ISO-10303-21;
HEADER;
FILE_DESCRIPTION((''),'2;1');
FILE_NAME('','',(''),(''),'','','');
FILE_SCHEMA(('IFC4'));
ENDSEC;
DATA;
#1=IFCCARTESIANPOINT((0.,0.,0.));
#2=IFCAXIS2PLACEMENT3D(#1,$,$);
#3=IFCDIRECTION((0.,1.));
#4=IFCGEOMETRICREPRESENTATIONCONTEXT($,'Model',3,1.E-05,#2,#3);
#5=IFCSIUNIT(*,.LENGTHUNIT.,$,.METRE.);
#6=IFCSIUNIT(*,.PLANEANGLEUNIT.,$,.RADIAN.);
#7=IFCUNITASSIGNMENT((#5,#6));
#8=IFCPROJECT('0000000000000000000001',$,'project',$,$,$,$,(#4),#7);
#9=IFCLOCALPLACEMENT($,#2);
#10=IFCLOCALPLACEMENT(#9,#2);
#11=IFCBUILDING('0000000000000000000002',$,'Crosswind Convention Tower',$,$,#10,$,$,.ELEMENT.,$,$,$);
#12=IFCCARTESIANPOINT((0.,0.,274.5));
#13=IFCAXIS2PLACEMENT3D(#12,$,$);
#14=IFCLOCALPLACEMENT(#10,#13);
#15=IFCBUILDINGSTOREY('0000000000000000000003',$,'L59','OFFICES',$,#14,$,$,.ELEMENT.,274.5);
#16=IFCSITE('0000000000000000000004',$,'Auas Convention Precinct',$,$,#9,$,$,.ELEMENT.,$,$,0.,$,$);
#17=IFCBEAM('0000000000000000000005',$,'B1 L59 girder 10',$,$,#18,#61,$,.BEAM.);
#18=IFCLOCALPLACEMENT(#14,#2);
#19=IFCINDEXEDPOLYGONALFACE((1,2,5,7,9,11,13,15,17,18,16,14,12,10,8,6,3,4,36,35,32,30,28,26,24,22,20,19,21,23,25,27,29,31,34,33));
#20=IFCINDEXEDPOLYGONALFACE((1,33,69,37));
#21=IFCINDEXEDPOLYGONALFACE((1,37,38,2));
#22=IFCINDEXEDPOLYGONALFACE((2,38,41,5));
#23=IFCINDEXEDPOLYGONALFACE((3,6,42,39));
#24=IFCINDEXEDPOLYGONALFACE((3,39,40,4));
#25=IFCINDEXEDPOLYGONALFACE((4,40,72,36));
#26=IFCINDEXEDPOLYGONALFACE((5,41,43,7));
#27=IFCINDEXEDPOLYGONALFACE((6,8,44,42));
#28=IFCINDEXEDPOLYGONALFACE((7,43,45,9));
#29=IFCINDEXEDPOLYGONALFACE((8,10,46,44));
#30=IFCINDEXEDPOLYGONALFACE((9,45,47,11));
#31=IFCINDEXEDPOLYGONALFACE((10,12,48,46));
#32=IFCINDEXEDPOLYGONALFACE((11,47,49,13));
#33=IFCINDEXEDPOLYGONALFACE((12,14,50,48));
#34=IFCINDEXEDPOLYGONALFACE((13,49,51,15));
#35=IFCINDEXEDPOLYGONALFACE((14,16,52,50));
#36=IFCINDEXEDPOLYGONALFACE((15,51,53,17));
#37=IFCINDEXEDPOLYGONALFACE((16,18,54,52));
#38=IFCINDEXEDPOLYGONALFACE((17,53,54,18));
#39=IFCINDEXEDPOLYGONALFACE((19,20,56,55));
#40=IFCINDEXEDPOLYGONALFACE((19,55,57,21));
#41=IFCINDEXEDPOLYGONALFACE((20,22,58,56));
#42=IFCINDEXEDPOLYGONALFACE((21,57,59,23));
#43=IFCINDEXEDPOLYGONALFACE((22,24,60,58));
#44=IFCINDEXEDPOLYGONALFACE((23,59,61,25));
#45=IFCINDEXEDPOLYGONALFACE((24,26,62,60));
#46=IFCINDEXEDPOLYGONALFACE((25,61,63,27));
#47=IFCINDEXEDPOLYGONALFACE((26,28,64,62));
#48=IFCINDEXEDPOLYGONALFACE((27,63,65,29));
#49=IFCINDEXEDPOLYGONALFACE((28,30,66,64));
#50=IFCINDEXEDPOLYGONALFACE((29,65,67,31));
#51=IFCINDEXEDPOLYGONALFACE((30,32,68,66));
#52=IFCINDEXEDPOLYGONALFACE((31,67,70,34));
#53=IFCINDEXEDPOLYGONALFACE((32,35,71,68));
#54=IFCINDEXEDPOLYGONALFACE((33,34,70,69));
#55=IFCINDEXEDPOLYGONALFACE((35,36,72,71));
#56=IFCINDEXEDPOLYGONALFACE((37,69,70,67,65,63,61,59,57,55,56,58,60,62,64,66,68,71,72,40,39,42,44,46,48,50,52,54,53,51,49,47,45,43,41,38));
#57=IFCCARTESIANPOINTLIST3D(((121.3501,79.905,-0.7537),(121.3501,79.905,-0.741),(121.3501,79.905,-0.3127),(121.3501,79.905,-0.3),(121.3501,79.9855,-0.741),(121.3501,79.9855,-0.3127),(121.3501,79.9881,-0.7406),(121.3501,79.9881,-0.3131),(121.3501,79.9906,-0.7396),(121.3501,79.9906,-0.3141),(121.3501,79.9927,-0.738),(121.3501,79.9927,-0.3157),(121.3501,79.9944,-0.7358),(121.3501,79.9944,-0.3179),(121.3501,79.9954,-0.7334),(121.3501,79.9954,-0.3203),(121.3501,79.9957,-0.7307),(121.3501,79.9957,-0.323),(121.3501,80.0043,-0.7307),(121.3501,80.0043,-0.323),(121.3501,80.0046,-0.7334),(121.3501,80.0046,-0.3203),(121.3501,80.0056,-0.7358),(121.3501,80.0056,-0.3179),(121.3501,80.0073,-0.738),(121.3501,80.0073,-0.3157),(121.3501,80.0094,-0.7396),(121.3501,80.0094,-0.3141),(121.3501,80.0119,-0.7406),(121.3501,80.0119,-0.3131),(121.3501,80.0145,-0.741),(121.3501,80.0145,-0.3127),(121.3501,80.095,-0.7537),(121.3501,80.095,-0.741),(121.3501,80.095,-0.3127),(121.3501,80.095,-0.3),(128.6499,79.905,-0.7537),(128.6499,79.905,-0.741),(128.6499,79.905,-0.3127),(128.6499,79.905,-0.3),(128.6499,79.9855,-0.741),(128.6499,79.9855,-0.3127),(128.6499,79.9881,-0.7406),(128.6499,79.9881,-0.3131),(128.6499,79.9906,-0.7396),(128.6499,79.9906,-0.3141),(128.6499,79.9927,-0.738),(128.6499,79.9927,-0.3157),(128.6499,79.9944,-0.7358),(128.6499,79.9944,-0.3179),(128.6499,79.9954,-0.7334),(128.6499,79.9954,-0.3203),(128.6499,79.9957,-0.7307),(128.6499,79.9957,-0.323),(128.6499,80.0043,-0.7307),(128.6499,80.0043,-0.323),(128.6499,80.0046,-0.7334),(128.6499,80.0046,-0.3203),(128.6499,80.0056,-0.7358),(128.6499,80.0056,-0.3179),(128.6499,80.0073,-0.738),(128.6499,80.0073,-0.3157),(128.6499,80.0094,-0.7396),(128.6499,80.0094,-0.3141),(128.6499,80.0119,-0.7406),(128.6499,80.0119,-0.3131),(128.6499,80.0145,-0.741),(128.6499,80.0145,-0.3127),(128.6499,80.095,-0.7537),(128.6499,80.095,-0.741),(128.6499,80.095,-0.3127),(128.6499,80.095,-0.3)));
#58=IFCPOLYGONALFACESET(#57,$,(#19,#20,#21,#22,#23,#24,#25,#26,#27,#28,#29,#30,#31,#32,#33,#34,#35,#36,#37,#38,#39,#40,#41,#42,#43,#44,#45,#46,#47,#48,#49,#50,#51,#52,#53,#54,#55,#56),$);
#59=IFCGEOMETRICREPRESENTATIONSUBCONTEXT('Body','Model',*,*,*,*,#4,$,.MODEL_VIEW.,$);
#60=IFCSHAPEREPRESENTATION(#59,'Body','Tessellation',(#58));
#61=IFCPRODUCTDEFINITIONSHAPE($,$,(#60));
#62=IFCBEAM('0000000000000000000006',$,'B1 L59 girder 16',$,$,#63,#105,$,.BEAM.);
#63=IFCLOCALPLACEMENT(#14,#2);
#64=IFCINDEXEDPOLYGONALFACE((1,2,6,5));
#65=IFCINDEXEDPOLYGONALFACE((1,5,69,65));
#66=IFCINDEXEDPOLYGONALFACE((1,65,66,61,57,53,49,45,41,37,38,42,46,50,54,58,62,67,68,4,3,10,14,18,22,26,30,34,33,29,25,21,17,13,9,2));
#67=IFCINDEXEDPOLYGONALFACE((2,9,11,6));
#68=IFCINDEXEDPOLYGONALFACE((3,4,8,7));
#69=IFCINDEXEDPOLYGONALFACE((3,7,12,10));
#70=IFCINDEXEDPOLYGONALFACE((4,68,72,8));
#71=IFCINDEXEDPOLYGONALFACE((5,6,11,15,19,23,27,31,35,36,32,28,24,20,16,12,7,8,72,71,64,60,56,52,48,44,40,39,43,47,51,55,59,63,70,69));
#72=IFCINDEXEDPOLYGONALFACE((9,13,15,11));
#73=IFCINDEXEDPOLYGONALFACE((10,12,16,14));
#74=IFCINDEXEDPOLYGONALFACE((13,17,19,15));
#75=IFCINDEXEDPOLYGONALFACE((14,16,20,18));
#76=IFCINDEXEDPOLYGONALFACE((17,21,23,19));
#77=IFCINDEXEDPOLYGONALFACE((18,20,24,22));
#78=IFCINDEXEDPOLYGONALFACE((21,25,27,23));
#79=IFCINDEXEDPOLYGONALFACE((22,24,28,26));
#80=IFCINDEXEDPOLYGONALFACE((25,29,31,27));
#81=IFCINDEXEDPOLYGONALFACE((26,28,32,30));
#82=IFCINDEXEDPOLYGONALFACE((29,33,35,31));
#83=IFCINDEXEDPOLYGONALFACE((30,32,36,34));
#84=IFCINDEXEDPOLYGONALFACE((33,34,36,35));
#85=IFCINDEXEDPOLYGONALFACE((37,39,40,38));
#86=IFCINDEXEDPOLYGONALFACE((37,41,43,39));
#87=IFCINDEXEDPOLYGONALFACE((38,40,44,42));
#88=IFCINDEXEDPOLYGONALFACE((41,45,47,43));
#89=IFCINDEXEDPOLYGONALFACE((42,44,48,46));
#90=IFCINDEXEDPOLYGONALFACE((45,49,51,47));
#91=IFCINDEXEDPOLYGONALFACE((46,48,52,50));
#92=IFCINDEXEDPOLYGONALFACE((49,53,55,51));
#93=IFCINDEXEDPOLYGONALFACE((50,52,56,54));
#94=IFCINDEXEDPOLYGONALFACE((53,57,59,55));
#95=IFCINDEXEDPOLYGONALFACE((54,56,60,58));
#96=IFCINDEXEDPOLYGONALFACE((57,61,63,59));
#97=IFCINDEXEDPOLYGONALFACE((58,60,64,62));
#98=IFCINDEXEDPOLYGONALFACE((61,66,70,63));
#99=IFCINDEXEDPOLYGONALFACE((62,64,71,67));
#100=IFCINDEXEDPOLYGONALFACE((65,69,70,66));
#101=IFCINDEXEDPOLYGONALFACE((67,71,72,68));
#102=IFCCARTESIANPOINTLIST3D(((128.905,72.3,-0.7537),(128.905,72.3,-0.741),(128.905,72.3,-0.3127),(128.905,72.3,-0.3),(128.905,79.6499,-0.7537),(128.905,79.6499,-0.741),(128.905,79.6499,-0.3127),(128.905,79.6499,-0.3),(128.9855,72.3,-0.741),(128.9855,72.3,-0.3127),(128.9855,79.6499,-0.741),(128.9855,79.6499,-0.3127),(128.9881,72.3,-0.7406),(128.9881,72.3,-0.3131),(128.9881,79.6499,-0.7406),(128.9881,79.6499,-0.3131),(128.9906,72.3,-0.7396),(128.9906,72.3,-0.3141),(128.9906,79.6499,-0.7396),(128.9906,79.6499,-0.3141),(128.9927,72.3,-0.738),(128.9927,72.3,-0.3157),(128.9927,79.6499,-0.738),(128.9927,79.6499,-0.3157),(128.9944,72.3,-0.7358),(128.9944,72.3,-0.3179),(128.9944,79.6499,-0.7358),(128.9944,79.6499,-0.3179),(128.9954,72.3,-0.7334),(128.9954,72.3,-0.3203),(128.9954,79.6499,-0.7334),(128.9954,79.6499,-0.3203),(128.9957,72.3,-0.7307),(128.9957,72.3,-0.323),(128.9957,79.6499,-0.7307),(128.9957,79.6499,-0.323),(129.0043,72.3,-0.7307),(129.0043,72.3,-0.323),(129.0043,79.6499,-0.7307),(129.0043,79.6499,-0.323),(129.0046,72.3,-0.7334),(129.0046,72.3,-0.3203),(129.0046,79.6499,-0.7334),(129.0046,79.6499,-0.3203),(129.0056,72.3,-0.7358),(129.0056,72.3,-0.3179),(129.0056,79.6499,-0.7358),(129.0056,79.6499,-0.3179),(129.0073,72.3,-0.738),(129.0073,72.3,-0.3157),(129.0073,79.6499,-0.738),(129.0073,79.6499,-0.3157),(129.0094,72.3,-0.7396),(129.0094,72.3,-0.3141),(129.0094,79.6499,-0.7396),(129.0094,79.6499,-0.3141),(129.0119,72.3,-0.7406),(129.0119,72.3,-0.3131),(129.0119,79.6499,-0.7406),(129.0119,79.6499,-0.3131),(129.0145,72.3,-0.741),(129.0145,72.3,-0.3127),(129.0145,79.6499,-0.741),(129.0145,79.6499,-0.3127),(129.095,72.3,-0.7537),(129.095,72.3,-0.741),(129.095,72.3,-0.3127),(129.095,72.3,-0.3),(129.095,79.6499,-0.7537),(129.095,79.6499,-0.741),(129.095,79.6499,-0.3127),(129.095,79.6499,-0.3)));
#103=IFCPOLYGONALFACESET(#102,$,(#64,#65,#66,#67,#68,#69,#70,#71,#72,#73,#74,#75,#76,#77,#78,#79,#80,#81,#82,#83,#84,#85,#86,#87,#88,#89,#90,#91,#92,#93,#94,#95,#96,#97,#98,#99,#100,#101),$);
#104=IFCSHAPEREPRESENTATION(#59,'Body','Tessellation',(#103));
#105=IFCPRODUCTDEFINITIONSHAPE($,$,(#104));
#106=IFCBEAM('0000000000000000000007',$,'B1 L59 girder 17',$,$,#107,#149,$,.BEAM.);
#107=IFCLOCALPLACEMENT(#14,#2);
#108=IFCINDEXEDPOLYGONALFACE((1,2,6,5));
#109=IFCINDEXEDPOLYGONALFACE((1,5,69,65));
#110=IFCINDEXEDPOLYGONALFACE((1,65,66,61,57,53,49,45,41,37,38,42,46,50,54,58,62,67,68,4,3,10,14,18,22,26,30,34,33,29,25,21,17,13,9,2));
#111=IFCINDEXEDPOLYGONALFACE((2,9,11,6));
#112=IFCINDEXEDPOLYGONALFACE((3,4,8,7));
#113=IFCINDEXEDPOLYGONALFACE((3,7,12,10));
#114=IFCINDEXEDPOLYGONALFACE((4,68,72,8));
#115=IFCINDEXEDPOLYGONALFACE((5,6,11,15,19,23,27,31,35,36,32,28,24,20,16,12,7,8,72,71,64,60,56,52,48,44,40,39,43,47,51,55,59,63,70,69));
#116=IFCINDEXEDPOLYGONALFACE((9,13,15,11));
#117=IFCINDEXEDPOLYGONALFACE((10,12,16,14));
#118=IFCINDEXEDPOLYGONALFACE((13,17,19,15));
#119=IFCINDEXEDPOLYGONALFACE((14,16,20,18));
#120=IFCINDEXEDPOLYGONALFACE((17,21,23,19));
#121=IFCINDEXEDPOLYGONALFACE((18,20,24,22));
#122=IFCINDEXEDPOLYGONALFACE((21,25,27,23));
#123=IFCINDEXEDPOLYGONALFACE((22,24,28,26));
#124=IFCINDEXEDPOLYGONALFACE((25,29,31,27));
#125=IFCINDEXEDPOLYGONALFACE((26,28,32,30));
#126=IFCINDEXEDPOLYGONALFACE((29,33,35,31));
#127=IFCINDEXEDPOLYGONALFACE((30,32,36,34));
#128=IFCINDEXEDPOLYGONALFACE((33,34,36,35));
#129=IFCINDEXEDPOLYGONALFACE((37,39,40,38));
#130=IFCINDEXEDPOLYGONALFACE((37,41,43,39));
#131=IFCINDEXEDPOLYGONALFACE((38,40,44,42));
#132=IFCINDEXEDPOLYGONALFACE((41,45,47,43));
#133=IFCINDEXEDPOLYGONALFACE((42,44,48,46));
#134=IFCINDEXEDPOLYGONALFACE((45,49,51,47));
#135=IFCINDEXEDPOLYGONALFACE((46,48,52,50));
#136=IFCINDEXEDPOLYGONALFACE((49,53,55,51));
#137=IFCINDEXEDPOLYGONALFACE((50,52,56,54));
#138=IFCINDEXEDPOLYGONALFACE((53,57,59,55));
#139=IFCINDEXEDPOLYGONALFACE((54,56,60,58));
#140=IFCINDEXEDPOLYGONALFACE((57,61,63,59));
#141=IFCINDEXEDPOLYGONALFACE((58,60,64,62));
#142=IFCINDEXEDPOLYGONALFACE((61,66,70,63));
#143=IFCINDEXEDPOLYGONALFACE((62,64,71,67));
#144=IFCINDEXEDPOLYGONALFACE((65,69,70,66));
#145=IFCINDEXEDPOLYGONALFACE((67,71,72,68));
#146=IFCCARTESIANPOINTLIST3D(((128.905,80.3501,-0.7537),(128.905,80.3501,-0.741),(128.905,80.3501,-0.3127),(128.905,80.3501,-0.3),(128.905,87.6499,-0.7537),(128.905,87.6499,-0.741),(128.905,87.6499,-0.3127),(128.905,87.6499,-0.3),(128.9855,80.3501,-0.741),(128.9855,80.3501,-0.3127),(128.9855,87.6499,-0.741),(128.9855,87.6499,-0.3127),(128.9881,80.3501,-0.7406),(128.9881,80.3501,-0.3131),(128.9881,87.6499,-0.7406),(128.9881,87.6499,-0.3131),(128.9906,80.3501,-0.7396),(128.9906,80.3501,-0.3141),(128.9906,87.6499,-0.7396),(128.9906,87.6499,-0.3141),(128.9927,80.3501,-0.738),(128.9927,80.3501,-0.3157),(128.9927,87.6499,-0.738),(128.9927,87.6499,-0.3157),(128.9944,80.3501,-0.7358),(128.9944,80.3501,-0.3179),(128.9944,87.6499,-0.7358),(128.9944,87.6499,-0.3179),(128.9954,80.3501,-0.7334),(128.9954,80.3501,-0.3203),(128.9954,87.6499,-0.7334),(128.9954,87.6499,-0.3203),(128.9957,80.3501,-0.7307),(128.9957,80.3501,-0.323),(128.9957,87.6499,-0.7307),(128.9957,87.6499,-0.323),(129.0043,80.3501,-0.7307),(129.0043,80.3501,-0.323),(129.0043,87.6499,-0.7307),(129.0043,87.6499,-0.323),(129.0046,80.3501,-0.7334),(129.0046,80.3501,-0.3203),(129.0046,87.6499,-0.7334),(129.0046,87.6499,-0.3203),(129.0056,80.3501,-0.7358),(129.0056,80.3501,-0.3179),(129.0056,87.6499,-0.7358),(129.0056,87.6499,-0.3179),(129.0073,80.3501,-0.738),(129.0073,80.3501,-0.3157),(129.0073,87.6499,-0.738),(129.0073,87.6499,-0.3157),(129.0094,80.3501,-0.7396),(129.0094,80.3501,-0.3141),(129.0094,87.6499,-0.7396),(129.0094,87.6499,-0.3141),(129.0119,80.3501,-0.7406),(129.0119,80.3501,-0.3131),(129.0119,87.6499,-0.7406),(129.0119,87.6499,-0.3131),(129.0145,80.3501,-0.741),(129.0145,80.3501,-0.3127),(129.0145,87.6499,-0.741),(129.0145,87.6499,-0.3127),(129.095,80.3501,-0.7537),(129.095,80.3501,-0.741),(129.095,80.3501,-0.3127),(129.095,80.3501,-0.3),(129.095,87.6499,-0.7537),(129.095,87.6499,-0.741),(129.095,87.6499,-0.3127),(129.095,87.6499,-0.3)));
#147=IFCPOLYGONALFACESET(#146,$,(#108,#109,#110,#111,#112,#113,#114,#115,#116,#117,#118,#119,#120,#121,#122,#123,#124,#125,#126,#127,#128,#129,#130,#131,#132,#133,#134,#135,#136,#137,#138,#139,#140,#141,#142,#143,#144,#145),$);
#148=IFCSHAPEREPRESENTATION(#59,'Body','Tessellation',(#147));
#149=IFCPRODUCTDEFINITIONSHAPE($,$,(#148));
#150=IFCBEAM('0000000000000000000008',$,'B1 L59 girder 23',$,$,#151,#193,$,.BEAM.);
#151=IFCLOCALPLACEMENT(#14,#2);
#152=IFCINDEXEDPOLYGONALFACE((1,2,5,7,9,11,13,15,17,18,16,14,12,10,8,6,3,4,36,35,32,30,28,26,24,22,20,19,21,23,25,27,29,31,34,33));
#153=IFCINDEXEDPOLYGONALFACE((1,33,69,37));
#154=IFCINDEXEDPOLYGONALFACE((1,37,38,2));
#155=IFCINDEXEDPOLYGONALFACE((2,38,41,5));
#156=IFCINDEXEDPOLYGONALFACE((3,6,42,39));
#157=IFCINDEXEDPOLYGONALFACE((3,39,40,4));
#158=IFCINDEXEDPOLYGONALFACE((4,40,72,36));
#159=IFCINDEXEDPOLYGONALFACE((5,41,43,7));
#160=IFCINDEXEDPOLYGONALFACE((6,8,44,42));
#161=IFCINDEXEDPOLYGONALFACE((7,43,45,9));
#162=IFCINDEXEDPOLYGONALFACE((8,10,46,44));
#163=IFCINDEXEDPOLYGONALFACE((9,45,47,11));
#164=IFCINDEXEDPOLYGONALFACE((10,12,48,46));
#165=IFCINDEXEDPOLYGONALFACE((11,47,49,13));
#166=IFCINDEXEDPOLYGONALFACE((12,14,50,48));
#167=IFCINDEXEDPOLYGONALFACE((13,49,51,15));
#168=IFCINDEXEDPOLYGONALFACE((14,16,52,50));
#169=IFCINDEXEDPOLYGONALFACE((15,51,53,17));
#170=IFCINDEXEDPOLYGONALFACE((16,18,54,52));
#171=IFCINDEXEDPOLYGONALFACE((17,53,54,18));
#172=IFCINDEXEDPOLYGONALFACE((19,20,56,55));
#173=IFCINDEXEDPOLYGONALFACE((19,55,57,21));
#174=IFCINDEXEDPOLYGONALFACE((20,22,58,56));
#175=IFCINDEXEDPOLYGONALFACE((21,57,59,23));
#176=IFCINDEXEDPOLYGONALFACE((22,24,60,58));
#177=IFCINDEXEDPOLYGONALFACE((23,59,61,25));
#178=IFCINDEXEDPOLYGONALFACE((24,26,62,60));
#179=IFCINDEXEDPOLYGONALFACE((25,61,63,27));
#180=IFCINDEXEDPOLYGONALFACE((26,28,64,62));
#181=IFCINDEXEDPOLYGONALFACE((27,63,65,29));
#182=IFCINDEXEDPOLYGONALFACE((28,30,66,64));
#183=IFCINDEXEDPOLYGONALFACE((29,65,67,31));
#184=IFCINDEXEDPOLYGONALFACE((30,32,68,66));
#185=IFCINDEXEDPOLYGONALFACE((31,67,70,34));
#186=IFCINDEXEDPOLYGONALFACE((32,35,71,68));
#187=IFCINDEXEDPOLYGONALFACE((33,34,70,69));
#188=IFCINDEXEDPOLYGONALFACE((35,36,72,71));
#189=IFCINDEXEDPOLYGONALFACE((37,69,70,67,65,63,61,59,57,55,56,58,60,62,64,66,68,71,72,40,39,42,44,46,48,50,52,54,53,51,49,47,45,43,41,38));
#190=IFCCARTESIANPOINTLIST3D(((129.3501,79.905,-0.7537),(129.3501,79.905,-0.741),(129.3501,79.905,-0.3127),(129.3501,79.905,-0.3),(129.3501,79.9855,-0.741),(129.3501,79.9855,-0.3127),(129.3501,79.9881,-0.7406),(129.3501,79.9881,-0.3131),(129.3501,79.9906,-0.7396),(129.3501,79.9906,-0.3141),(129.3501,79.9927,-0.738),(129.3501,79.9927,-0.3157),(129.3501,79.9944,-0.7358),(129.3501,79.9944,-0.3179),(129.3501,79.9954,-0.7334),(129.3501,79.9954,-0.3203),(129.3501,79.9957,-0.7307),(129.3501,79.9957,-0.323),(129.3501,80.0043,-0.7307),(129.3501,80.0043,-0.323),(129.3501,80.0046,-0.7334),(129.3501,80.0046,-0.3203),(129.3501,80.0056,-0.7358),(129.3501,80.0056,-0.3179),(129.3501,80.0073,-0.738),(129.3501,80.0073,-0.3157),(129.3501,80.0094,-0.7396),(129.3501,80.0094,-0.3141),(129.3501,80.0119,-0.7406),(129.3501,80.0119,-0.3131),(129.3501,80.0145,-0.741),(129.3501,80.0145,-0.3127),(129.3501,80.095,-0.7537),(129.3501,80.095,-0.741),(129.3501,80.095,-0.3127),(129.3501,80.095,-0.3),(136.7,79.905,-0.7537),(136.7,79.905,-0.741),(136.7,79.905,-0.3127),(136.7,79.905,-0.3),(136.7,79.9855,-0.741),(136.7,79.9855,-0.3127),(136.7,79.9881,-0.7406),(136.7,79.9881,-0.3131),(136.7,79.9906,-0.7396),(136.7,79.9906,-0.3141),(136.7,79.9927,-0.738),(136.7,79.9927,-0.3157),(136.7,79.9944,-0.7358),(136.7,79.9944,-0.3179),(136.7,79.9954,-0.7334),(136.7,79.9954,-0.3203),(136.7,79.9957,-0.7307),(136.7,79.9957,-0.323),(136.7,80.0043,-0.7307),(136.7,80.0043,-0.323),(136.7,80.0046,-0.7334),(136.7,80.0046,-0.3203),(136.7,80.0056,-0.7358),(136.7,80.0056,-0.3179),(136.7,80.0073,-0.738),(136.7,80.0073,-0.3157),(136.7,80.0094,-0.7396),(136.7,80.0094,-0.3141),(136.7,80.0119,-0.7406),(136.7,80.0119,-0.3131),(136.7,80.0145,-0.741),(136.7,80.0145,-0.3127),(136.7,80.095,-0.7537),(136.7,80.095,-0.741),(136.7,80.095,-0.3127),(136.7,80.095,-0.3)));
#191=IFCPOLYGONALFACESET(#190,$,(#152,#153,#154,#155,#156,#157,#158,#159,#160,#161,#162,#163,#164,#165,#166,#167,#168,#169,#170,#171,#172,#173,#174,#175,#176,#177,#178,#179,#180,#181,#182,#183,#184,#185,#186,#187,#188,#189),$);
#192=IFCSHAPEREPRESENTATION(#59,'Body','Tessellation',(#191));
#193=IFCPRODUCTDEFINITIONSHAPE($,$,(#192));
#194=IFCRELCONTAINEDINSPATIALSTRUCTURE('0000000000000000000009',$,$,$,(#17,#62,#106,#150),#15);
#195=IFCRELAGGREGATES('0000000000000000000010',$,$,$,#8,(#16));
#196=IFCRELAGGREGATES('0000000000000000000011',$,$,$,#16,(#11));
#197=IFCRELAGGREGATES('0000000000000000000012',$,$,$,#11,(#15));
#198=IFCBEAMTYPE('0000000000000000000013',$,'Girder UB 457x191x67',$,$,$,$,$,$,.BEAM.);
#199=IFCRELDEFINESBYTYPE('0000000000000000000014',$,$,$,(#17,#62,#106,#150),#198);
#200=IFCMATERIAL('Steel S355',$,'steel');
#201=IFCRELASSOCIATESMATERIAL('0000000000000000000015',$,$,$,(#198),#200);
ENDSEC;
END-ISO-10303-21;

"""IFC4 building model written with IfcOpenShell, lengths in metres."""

from ifc_helpers import new_model, si_unit, direction, frame, origin, origin_2d, place, context, subcontext, project, spatial, i_section, extrude, material, material_profile, profile_set, type_object, element, save


model = new_model("IFC4")

# Units and contexts
model_context = context("Model", 3, precision=1e-05, world=origin(), true_north=direction((0.0, 1.0)))
body_context = subcontext(model_context, "Body", "Model", "MODEL_VIEW")
ifc_project = project(units=[si_unit("LENGTHUNIT", "METRE"), si_unit("PLANEANGLEUNIT", "RADIAN")], contexts=[model_context])

# Site, building, storey
site_placement = place(None, origin())
site = spatial("IfcSite", under=ifc_project, at=site_placement, Name="Auas Convention Precinct", CompositionType="ELEMENT", RefElevation=0.0)
building_placement = place(site_placement, origin())
building = spatial("IfcBuilding", under=site, at=building_placement, Name="Crosswind Convention Tower", CompositionType="ELEMENT")
storey_placement = place(building_placement, frame((0.0, 0.0, 274.5)))
storey = spatial("IfcBuildingStorey", under=building, at=storey_placement, Name="L59", Description="OFFICES", CompositionType="ELEMENT", Elevation=274.5)

# Beams
ifc_material_1 = material(Name="Steel S355", Category="steel")
ifc_material_profile_1 = material_profile(ifc_material_1, i_section(OverallWidth=0.1899, OverallDepth=0.4536, WebThickness=0.0085, FlangeThickness=0.0127, FilletRadius=0.0103, at=origin_2d()), Name="UB 457x191x67")
ifc_profile_set_1 = profile_set([ifc_material_profile_1], Name="Steel S355")
beam_type_1 = type_object("IfcBeamType", Name="Girder UB 457x191x67", PredefinedType="BEAM", material=ifc_profile_set_1)
beam_1_placement = place(storey_placement, frame((121.3501, 80.0, -0.5269), z_axis=(1.0, 0.0, 0.0), x_axis=(0.0, 1.0, 0.0)))
element("IfcBeam", 1, at=beam_1_placement, inside=storey, type_object=beam_type_1, Name="B1 L59 girder 10", PredefinedType="BEAM", context=body_context, shape_type="SweptSolid", body=[
    extrude(i_section(OverallWidth=0.1899, OverallDepth=0.4536, WebThickness=0.0085, FlangeThickness=0.0127, FilletRadius=0.0103, at=origin_2d()), origin(), (0.0, 0.0, 1.0), 7.2998),
])
beam_2_placement = place(storey_placement, frame((129.0, 72.3, -0.5269), z_axis=(0.0, 1.0, 0.0), x_axis=(-1.0, 0.0, 0.0)))
element("IfcBeam", 2, at=beam_2_placement, inside=storey, type_object=beam_type_1, Name="B1 L59 girder 16", PredefinedType="BEAM", context=body_context, shape_type="SweptSolid", body=[
    extrude(i_section(OverallWidth=0.1899, OverallDepth=0.4536, WebThickness=0.0085, FlangeThickness=0.0127, FilletRadius=0.0103, at=origin_2d()), origin(), (0.0, 0.0, 1.0), 7.3499),
])
beam_3_placement = place(storey_placement, frame((129.0, 80.3501, -0.5269), z_axis=(0.0, 1.0, 0.0), x_axis=(-1.0, 0.0, 0.0)))
element("IfcBeam", 3, at=beam_3_placement, inside=storey, type_object=beam_type_1, Name="B1 L59 girder 17", PredefinedType="BEAM", context=body_context, shape_type="SweptSolid", body=[
    extrude(i_section(OverallWidth=0.1899, OverallDepth=0.4536, WebThickness=0.0085, FlangeThickness=0.0127, FilletRadius=0.0103, at=origin_2d()), origin(), (0.0, 0.0, 1.0), 7.2998),
])
beam_4_placement = place(storey_placement, frame((129.3501, 80.0, -0.5269), z_axis=(1.0, 0.0, 0.0), x_axis=(0.0, 1.0, 0.0)))
element("IfcBeam", 4, at=beam_4_placement, inside=storey, type_object=beam_type_1, Name="B1 L59 girder 23", PredefinedType="BEAM", context=body_context, shape_type="SweptSolid", body=[
    extrude(i_section(OverallWidth=0.1899, OverallDepth=0.4536, WebThickness=0.0085, FlangeThickness=0.0127, FilletRadius=0.0103, at=origin_2d()), origin(), (0.0, 0.0, 1.0), 7.3499),
])

save(model, "model.ifc")
